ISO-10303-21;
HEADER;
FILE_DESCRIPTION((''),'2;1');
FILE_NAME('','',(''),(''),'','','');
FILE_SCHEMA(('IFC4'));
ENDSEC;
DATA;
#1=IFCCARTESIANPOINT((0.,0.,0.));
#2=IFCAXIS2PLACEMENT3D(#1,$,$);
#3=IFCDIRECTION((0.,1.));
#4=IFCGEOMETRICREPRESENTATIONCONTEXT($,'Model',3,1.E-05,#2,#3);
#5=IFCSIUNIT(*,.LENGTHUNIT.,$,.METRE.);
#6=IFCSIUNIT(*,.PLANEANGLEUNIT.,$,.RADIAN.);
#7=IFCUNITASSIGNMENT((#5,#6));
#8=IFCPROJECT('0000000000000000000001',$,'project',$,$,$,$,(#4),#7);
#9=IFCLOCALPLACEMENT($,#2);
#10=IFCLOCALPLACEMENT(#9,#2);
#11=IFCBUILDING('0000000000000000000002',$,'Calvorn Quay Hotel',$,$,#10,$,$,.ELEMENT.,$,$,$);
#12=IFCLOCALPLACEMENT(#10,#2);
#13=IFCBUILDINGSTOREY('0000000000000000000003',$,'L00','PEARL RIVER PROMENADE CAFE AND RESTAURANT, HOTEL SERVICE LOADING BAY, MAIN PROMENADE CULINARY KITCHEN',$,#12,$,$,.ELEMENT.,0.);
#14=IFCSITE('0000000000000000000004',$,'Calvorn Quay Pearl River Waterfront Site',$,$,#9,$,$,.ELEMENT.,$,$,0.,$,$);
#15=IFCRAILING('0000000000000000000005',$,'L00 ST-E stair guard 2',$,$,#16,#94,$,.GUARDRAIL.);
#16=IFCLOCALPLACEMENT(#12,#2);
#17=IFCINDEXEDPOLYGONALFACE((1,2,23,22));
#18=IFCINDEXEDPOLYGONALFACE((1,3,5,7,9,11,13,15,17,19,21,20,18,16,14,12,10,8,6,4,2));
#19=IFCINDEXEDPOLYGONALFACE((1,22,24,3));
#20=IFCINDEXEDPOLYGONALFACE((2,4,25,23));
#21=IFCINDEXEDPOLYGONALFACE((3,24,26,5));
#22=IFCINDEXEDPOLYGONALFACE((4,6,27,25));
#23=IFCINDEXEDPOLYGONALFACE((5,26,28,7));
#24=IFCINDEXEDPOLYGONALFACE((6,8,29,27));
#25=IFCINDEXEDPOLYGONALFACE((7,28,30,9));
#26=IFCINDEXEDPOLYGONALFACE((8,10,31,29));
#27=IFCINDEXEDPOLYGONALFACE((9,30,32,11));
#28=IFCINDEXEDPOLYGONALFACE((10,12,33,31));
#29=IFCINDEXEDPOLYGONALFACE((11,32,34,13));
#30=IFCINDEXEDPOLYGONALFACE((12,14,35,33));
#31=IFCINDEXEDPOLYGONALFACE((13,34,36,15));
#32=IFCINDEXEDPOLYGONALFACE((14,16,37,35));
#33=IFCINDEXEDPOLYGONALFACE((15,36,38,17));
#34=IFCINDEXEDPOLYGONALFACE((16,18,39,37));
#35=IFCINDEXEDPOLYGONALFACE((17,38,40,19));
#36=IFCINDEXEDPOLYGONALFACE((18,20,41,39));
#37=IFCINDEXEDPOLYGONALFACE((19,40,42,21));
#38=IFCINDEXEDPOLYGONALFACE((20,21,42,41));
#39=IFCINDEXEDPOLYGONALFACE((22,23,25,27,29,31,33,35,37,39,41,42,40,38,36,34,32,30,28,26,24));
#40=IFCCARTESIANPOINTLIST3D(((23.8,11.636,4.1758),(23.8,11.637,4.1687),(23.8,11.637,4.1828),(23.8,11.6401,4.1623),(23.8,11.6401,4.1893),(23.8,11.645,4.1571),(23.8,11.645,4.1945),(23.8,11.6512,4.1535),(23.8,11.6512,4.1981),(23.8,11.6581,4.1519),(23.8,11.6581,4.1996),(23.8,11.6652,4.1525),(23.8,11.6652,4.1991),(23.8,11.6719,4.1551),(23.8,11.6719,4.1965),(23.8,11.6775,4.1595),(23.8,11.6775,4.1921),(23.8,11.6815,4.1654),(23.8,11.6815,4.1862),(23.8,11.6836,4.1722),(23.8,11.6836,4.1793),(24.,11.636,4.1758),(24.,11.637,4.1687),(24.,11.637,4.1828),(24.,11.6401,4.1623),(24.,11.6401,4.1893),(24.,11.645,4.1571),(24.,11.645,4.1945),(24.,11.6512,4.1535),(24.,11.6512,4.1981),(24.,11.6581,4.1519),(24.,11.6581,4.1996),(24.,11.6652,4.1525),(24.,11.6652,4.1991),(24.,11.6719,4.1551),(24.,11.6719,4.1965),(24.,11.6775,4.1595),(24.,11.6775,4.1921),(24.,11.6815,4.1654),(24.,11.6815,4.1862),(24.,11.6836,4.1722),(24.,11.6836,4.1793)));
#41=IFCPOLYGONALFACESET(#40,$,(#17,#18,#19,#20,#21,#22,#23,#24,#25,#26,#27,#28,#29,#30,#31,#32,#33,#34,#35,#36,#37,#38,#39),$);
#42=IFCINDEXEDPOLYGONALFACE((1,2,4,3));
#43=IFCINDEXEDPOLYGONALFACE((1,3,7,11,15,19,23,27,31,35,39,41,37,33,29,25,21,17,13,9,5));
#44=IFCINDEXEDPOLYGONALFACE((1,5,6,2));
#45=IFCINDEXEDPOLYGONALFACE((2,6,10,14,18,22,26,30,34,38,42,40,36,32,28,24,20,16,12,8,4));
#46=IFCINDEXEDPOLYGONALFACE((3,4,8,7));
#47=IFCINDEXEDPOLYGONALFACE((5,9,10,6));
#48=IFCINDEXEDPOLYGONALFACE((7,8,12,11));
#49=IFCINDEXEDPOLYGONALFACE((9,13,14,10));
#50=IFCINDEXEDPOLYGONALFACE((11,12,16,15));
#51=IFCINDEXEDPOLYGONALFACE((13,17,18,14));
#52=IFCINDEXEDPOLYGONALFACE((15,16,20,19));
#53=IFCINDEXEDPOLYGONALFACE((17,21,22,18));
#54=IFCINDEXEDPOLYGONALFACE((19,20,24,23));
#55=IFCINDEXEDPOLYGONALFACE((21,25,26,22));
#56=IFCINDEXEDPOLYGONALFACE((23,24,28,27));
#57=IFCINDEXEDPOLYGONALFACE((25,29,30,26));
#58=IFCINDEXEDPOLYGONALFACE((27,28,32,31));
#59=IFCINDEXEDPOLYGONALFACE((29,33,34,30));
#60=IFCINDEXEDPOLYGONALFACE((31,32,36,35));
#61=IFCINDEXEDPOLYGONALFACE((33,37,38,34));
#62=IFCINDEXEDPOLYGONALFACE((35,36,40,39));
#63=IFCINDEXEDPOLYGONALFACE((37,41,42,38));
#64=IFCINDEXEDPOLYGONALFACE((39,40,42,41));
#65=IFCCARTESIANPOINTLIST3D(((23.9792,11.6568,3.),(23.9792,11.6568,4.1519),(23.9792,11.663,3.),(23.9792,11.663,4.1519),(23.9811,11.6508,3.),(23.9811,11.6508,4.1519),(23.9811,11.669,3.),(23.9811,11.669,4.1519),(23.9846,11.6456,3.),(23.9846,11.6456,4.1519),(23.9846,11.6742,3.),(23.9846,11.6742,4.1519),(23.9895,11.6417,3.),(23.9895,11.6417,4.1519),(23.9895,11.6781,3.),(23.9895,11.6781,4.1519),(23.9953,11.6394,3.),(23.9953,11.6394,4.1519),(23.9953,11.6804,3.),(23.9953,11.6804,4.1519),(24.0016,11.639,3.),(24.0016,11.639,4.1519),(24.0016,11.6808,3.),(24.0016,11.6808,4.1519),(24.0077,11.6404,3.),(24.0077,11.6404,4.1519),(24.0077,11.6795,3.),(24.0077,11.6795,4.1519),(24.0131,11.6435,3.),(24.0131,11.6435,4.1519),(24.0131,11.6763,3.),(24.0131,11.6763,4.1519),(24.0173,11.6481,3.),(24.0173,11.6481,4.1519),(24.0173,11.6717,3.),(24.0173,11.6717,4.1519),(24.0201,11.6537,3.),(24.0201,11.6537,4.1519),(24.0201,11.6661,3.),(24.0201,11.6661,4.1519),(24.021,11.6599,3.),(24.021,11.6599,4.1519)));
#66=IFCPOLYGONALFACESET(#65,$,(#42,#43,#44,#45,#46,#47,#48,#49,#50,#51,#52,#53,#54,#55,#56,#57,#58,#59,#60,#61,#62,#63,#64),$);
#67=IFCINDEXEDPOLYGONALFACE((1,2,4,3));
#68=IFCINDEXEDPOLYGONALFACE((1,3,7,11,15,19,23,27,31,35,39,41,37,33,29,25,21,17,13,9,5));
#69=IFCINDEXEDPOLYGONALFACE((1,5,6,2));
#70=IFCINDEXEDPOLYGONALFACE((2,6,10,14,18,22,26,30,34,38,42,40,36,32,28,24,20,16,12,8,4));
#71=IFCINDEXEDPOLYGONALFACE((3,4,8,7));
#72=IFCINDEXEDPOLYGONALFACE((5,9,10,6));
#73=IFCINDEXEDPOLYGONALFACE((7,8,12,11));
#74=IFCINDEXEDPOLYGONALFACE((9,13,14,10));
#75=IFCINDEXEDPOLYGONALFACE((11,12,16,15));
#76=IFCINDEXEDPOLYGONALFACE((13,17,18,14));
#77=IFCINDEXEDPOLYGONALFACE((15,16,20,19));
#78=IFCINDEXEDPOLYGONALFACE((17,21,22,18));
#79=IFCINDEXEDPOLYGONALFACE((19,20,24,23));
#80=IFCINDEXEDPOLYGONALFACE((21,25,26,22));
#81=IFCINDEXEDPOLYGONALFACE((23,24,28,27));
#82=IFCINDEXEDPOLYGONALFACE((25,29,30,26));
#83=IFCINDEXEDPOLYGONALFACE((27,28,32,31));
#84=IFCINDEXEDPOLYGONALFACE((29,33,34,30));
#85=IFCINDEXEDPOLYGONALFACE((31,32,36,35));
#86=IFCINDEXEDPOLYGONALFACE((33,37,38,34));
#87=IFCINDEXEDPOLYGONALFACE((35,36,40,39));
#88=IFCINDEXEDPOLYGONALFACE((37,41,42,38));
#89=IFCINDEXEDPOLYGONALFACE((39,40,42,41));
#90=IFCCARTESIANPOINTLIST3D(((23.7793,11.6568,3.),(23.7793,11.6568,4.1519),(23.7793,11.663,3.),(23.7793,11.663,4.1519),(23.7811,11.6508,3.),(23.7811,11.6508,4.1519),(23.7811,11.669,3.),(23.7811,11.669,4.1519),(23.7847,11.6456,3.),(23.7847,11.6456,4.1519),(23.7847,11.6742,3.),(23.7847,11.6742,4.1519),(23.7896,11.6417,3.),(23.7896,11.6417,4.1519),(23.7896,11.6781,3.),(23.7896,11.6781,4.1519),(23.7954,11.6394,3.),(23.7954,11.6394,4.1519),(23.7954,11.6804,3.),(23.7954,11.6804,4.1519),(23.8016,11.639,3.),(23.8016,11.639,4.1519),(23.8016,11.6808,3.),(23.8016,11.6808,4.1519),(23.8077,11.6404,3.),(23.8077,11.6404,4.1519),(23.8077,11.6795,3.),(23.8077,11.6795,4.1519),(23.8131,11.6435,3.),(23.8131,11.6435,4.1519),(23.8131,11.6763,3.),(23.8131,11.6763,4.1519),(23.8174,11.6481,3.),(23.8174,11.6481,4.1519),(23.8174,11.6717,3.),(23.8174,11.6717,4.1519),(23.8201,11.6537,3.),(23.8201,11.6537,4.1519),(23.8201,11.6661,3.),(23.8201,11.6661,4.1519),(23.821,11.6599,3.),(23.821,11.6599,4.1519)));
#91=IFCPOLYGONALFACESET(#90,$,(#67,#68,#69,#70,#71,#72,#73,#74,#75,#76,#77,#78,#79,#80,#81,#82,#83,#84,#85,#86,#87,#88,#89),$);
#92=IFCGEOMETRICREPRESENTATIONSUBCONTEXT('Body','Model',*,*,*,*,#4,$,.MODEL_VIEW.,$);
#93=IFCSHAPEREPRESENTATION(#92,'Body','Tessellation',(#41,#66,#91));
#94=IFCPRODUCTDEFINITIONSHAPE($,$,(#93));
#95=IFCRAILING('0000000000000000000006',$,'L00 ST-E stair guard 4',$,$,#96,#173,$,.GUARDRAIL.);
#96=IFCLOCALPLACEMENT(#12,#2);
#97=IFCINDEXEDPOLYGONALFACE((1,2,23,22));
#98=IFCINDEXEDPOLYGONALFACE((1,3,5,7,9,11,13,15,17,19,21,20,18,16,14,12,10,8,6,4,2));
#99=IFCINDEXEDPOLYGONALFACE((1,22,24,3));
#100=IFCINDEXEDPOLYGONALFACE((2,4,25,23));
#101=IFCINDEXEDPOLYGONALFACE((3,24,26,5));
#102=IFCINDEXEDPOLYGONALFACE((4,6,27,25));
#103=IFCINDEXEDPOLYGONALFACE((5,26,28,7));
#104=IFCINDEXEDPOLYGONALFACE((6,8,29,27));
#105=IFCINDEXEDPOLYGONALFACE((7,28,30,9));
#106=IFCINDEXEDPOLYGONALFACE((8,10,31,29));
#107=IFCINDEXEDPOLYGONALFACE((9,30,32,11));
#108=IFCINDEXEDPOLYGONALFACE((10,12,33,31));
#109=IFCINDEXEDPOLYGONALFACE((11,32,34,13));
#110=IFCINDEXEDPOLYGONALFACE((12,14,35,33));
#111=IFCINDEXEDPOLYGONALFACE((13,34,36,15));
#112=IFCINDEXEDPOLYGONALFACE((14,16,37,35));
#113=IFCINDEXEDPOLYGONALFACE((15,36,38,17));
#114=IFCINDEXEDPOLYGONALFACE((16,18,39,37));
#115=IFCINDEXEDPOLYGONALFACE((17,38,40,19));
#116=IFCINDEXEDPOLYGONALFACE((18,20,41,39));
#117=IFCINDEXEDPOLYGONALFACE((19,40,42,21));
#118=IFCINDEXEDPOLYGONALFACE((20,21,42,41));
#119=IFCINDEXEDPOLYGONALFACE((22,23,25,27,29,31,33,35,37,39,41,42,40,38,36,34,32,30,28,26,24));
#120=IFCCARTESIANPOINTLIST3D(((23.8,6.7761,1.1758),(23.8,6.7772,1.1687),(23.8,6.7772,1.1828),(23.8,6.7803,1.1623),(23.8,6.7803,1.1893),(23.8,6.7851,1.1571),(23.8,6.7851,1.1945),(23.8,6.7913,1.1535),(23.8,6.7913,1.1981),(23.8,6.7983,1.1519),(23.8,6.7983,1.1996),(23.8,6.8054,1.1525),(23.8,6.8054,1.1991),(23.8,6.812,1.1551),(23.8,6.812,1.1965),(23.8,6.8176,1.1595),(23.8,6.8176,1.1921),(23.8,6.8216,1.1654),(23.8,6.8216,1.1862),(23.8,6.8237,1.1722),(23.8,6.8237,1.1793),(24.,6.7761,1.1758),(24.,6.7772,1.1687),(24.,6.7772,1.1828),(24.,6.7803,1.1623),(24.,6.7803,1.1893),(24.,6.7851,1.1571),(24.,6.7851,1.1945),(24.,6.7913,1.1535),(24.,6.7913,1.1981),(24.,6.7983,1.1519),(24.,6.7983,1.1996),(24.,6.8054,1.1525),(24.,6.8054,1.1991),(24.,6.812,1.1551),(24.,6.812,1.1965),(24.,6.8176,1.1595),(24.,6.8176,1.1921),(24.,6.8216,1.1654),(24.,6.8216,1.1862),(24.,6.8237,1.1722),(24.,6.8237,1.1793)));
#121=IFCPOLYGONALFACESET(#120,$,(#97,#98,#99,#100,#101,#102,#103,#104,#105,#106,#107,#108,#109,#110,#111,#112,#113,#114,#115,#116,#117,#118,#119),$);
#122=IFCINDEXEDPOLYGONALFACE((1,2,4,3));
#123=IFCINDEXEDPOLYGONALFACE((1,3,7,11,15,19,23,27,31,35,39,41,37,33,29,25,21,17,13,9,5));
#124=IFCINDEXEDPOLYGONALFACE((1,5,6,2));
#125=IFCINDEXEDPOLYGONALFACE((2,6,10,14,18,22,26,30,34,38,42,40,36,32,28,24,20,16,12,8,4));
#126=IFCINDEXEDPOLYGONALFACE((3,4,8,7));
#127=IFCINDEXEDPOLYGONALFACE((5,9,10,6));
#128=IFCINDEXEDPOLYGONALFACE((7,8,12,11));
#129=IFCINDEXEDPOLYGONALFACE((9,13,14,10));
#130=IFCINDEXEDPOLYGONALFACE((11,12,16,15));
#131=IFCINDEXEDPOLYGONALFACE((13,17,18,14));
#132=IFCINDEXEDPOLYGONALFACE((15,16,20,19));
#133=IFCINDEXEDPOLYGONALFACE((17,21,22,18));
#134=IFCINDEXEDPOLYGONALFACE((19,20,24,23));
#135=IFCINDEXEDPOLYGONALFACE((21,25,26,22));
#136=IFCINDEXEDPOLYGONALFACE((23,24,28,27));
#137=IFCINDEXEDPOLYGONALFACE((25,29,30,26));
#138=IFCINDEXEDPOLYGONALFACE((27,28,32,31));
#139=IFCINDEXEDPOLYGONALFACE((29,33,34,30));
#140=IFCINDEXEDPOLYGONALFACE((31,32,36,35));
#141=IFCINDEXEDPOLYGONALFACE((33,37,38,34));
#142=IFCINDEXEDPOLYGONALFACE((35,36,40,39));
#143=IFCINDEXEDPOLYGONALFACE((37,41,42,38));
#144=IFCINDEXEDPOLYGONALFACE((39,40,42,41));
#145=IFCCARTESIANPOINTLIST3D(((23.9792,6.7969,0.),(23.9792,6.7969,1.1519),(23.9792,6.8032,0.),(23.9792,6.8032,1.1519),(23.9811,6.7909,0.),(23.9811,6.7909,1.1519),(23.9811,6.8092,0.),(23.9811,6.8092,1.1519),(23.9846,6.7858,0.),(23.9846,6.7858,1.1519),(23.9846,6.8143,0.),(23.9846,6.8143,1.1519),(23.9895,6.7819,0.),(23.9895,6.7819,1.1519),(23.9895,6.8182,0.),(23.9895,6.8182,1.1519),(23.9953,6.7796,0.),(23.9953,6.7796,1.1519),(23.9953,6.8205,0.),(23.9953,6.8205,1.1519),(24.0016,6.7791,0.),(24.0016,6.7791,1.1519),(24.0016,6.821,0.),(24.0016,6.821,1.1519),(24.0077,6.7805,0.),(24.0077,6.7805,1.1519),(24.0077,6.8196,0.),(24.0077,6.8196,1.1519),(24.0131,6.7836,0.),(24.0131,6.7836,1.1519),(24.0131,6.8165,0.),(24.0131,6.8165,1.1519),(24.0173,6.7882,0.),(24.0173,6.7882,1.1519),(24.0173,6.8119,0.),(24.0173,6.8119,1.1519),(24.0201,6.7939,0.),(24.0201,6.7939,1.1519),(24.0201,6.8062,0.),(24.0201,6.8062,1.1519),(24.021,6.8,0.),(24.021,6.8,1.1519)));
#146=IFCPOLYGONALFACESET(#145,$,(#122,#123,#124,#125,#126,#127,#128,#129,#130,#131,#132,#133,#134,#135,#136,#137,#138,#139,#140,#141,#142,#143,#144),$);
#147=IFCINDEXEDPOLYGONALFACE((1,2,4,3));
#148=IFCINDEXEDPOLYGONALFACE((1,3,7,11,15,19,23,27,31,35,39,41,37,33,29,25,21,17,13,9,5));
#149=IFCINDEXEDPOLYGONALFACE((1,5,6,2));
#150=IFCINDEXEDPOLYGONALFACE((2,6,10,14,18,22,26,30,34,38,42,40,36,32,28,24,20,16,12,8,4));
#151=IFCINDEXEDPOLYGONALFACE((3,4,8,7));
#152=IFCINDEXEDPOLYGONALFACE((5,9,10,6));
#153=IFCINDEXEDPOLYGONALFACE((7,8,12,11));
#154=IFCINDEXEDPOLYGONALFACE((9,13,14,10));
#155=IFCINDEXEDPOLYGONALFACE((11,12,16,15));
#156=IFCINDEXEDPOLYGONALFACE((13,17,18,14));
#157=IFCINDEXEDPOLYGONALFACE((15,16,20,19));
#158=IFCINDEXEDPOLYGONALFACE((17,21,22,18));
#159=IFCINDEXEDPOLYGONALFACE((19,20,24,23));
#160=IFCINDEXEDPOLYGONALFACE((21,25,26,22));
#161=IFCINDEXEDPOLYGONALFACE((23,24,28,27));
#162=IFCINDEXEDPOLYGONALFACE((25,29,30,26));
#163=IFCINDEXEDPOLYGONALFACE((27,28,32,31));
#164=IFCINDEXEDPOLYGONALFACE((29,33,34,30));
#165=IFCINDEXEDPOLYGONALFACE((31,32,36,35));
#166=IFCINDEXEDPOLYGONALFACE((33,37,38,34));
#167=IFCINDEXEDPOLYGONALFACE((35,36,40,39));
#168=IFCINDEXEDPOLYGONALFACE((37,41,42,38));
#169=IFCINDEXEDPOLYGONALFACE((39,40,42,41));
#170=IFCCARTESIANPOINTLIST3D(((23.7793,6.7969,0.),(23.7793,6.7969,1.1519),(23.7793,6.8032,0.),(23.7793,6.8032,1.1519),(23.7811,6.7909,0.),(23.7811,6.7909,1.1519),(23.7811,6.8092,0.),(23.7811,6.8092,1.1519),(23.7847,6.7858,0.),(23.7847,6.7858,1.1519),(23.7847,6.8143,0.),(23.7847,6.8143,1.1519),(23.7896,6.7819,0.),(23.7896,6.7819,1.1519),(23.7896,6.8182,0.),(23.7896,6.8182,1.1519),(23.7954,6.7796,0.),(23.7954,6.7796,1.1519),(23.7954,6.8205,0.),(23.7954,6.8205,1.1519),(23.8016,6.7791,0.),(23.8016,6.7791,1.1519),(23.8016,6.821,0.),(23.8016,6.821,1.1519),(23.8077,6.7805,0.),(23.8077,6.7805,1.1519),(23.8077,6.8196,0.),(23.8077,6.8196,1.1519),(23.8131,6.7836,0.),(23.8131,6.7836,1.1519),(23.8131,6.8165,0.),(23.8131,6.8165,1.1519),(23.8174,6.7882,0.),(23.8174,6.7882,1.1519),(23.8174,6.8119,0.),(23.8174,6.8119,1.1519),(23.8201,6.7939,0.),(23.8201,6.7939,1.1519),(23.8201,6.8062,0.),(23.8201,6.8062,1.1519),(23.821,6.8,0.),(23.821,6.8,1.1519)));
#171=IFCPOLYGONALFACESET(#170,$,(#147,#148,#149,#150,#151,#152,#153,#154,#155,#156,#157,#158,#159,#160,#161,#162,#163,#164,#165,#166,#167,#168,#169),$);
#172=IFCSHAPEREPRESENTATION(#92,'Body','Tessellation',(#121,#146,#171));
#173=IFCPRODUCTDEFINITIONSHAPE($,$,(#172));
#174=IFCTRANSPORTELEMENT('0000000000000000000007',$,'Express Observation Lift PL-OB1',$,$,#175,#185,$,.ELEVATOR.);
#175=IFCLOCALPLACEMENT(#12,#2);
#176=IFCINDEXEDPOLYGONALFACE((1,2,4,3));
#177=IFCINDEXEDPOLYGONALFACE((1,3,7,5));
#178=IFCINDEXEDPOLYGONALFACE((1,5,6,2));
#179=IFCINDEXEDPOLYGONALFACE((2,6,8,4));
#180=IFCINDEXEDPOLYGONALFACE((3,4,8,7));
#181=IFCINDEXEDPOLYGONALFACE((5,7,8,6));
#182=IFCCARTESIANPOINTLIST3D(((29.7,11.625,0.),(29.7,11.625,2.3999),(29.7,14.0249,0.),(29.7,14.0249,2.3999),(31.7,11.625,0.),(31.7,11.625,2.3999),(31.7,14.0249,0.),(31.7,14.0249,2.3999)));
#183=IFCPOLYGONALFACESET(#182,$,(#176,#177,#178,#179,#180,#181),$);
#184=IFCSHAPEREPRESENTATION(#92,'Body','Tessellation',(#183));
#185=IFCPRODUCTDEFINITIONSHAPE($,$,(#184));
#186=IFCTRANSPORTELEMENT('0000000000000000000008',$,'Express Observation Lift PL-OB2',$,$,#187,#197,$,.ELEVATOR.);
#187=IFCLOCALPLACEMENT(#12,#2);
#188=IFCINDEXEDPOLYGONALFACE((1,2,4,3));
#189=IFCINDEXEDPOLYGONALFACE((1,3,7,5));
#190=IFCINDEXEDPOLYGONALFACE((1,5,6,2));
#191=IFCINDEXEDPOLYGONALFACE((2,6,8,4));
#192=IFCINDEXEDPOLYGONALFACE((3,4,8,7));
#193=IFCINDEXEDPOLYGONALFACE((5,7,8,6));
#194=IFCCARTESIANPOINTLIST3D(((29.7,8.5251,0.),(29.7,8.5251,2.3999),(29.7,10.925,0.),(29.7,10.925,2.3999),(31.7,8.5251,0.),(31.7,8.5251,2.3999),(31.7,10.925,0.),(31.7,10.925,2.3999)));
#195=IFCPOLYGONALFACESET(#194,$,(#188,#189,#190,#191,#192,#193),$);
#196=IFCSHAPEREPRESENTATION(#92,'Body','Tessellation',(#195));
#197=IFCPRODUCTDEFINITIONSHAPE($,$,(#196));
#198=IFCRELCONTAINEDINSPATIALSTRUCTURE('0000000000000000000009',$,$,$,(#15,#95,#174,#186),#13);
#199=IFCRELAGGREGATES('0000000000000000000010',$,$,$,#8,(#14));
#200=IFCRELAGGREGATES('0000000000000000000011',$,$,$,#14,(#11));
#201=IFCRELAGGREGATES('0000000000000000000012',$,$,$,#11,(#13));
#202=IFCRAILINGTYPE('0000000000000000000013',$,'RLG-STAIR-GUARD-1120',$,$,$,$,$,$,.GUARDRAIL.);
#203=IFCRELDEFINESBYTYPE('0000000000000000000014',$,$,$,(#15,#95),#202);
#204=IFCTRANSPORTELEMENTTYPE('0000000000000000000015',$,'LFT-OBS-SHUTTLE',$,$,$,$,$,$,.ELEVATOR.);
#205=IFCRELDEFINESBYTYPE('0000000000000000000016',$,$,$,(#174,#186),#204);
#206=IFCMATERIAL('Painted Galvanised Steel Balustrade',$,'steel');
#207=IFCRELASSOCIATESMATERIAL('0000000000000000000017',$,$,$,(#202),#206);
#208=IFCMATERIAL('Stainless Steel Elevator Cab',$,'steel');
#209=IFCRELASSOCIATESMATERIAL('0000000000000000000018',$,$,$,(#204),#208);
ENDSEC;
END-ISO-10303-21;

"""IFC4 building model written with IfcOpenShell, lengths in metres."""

from ifc_helpers import new_model, si_unit, direction, frame, origin, origin_2d, place, context, subcontext, project, spatial, rectangle, circle, extrude, material, type_object, element, save


model = new_model("IFC4")

# Units and contexts
model_context = context("Model", 3, precision=1e-05, world=origin(), true_north=direction((0.0, 1.0)))
body_context = subcontext(model_context, "Body", "Model", "MODEL_VIEW")
ifc_project = project(units=[si_unit("LENGTHUNIT", "METRE"), si_unit("PLANEANGLEUNIT", "RADIAN")], contexts=[model_context])

# Site, building, storey
site_placement = place(None, origin())
site = spatial("IfcSite", under=ifc_project, at=site_placement, Name="Calvorn Quay Pearl River Waterfront Site", CompositionType="ELEMENT", RefElevation=0.0)
building_placement = place(site_placement, origin())
building = spatial("IfcBuilding", under=site, at=building_placement, Name="Calvorn Quay Hotel", CompositionType="ELEMENT")
storey_placement = place(building_placement, origin())
storey = spatial("IfcBuildingStorey", under=building, at=storey_placement, Name="L00", Description="PEARL RIVER PROMENADE CAFE AND RESTAURANT, HOTEL SERVICE LOADING BAY, MAIN PROMENADE CULINARY KITCHEN", CompositionType="ELEMENT", Elevation=0.0)

# Railings
ifc_material_1 = material(Name="Painted Galvanised Steel Balustrade", Category="steel")
railing_type_1 = type_object("IfcRailingType", Name="RLG-STAIR-GUARD-1120", PredefinedType="GUARDRAIL", material=ifc_material_1)
for number, where, name in (
    (1, (24.0, 11.6599, 3.0), "L00 ST-E stair guard 2"),
    (2, (24.0, 6.8, 0.0), "L00 ST-E stair guard 4"),
):
    element("IfcRailing", number, at=place(storey_placement, frame(where)), inside=storey, type_object=railing_type_1, Name=name, PredefinedType="GUARDRAIL", context=body_context, shape_type="SweptSolid", body=[
        extrude(circle(Radius=0.0239, at=origin_2d()), frame((0.0, 0.0, 1.1758), z_axis=(-1.0, 0.0, 0.0), x_axis=(0.0, -1.0, 0.0)), (0.0, 0.0, 1.0), 0.2),
        extrude(circle(Radius=0.021, at=origin_2d()), origin(), (0.0, 0.0, 1.0), 1.1519),
        extrude(circle(Radius=0.021, at=origin_2d()), frame((-0.2, 0.0, 0.0)), (0.0, 0.0, 1.0), 1.1519),
    ])

# Transport elements
ifc_material_2 = material(Name="Stainless Steel Elevator Cab", Category="steel")
transport_element_type = type_object("IfcTransportElementType", Name="LFT-OBS-SHUTTLE", PredefinedType="ELEVATOR", material=ifc_material_2)
for number, where, z_axis, x_axis, name in (
    (3, (30.7, 12.825, 0.0), (0.0, 0.0, 1.0), (1.0, 0.0, 0.0), "Express Observation Lift PL-OB1"),
    (4, (30.7, 9.7251, 0.0), (0.0, 0.0, 1.0), (1.0, 0.0, 0.0), "Express Observation Lift PL-OB2"),
):
    element("IfcTransportElement", number, at=place(storey_placement, frame(where, z_axis=z_axis, x_axis=x_axis)), inside=storey, type_object=transport_element_type, Name=name, PredefinedType="ELEVATOR", context=body_context, shape_type="SweptSolid", body=[
        extrude(rectangle(XDim=2.0, YDim=2.3999, at=origin_2d()), origin(), (0.0, 0.0, 1.0), 2.3999),
    ])

save(model, "model.ifc")
